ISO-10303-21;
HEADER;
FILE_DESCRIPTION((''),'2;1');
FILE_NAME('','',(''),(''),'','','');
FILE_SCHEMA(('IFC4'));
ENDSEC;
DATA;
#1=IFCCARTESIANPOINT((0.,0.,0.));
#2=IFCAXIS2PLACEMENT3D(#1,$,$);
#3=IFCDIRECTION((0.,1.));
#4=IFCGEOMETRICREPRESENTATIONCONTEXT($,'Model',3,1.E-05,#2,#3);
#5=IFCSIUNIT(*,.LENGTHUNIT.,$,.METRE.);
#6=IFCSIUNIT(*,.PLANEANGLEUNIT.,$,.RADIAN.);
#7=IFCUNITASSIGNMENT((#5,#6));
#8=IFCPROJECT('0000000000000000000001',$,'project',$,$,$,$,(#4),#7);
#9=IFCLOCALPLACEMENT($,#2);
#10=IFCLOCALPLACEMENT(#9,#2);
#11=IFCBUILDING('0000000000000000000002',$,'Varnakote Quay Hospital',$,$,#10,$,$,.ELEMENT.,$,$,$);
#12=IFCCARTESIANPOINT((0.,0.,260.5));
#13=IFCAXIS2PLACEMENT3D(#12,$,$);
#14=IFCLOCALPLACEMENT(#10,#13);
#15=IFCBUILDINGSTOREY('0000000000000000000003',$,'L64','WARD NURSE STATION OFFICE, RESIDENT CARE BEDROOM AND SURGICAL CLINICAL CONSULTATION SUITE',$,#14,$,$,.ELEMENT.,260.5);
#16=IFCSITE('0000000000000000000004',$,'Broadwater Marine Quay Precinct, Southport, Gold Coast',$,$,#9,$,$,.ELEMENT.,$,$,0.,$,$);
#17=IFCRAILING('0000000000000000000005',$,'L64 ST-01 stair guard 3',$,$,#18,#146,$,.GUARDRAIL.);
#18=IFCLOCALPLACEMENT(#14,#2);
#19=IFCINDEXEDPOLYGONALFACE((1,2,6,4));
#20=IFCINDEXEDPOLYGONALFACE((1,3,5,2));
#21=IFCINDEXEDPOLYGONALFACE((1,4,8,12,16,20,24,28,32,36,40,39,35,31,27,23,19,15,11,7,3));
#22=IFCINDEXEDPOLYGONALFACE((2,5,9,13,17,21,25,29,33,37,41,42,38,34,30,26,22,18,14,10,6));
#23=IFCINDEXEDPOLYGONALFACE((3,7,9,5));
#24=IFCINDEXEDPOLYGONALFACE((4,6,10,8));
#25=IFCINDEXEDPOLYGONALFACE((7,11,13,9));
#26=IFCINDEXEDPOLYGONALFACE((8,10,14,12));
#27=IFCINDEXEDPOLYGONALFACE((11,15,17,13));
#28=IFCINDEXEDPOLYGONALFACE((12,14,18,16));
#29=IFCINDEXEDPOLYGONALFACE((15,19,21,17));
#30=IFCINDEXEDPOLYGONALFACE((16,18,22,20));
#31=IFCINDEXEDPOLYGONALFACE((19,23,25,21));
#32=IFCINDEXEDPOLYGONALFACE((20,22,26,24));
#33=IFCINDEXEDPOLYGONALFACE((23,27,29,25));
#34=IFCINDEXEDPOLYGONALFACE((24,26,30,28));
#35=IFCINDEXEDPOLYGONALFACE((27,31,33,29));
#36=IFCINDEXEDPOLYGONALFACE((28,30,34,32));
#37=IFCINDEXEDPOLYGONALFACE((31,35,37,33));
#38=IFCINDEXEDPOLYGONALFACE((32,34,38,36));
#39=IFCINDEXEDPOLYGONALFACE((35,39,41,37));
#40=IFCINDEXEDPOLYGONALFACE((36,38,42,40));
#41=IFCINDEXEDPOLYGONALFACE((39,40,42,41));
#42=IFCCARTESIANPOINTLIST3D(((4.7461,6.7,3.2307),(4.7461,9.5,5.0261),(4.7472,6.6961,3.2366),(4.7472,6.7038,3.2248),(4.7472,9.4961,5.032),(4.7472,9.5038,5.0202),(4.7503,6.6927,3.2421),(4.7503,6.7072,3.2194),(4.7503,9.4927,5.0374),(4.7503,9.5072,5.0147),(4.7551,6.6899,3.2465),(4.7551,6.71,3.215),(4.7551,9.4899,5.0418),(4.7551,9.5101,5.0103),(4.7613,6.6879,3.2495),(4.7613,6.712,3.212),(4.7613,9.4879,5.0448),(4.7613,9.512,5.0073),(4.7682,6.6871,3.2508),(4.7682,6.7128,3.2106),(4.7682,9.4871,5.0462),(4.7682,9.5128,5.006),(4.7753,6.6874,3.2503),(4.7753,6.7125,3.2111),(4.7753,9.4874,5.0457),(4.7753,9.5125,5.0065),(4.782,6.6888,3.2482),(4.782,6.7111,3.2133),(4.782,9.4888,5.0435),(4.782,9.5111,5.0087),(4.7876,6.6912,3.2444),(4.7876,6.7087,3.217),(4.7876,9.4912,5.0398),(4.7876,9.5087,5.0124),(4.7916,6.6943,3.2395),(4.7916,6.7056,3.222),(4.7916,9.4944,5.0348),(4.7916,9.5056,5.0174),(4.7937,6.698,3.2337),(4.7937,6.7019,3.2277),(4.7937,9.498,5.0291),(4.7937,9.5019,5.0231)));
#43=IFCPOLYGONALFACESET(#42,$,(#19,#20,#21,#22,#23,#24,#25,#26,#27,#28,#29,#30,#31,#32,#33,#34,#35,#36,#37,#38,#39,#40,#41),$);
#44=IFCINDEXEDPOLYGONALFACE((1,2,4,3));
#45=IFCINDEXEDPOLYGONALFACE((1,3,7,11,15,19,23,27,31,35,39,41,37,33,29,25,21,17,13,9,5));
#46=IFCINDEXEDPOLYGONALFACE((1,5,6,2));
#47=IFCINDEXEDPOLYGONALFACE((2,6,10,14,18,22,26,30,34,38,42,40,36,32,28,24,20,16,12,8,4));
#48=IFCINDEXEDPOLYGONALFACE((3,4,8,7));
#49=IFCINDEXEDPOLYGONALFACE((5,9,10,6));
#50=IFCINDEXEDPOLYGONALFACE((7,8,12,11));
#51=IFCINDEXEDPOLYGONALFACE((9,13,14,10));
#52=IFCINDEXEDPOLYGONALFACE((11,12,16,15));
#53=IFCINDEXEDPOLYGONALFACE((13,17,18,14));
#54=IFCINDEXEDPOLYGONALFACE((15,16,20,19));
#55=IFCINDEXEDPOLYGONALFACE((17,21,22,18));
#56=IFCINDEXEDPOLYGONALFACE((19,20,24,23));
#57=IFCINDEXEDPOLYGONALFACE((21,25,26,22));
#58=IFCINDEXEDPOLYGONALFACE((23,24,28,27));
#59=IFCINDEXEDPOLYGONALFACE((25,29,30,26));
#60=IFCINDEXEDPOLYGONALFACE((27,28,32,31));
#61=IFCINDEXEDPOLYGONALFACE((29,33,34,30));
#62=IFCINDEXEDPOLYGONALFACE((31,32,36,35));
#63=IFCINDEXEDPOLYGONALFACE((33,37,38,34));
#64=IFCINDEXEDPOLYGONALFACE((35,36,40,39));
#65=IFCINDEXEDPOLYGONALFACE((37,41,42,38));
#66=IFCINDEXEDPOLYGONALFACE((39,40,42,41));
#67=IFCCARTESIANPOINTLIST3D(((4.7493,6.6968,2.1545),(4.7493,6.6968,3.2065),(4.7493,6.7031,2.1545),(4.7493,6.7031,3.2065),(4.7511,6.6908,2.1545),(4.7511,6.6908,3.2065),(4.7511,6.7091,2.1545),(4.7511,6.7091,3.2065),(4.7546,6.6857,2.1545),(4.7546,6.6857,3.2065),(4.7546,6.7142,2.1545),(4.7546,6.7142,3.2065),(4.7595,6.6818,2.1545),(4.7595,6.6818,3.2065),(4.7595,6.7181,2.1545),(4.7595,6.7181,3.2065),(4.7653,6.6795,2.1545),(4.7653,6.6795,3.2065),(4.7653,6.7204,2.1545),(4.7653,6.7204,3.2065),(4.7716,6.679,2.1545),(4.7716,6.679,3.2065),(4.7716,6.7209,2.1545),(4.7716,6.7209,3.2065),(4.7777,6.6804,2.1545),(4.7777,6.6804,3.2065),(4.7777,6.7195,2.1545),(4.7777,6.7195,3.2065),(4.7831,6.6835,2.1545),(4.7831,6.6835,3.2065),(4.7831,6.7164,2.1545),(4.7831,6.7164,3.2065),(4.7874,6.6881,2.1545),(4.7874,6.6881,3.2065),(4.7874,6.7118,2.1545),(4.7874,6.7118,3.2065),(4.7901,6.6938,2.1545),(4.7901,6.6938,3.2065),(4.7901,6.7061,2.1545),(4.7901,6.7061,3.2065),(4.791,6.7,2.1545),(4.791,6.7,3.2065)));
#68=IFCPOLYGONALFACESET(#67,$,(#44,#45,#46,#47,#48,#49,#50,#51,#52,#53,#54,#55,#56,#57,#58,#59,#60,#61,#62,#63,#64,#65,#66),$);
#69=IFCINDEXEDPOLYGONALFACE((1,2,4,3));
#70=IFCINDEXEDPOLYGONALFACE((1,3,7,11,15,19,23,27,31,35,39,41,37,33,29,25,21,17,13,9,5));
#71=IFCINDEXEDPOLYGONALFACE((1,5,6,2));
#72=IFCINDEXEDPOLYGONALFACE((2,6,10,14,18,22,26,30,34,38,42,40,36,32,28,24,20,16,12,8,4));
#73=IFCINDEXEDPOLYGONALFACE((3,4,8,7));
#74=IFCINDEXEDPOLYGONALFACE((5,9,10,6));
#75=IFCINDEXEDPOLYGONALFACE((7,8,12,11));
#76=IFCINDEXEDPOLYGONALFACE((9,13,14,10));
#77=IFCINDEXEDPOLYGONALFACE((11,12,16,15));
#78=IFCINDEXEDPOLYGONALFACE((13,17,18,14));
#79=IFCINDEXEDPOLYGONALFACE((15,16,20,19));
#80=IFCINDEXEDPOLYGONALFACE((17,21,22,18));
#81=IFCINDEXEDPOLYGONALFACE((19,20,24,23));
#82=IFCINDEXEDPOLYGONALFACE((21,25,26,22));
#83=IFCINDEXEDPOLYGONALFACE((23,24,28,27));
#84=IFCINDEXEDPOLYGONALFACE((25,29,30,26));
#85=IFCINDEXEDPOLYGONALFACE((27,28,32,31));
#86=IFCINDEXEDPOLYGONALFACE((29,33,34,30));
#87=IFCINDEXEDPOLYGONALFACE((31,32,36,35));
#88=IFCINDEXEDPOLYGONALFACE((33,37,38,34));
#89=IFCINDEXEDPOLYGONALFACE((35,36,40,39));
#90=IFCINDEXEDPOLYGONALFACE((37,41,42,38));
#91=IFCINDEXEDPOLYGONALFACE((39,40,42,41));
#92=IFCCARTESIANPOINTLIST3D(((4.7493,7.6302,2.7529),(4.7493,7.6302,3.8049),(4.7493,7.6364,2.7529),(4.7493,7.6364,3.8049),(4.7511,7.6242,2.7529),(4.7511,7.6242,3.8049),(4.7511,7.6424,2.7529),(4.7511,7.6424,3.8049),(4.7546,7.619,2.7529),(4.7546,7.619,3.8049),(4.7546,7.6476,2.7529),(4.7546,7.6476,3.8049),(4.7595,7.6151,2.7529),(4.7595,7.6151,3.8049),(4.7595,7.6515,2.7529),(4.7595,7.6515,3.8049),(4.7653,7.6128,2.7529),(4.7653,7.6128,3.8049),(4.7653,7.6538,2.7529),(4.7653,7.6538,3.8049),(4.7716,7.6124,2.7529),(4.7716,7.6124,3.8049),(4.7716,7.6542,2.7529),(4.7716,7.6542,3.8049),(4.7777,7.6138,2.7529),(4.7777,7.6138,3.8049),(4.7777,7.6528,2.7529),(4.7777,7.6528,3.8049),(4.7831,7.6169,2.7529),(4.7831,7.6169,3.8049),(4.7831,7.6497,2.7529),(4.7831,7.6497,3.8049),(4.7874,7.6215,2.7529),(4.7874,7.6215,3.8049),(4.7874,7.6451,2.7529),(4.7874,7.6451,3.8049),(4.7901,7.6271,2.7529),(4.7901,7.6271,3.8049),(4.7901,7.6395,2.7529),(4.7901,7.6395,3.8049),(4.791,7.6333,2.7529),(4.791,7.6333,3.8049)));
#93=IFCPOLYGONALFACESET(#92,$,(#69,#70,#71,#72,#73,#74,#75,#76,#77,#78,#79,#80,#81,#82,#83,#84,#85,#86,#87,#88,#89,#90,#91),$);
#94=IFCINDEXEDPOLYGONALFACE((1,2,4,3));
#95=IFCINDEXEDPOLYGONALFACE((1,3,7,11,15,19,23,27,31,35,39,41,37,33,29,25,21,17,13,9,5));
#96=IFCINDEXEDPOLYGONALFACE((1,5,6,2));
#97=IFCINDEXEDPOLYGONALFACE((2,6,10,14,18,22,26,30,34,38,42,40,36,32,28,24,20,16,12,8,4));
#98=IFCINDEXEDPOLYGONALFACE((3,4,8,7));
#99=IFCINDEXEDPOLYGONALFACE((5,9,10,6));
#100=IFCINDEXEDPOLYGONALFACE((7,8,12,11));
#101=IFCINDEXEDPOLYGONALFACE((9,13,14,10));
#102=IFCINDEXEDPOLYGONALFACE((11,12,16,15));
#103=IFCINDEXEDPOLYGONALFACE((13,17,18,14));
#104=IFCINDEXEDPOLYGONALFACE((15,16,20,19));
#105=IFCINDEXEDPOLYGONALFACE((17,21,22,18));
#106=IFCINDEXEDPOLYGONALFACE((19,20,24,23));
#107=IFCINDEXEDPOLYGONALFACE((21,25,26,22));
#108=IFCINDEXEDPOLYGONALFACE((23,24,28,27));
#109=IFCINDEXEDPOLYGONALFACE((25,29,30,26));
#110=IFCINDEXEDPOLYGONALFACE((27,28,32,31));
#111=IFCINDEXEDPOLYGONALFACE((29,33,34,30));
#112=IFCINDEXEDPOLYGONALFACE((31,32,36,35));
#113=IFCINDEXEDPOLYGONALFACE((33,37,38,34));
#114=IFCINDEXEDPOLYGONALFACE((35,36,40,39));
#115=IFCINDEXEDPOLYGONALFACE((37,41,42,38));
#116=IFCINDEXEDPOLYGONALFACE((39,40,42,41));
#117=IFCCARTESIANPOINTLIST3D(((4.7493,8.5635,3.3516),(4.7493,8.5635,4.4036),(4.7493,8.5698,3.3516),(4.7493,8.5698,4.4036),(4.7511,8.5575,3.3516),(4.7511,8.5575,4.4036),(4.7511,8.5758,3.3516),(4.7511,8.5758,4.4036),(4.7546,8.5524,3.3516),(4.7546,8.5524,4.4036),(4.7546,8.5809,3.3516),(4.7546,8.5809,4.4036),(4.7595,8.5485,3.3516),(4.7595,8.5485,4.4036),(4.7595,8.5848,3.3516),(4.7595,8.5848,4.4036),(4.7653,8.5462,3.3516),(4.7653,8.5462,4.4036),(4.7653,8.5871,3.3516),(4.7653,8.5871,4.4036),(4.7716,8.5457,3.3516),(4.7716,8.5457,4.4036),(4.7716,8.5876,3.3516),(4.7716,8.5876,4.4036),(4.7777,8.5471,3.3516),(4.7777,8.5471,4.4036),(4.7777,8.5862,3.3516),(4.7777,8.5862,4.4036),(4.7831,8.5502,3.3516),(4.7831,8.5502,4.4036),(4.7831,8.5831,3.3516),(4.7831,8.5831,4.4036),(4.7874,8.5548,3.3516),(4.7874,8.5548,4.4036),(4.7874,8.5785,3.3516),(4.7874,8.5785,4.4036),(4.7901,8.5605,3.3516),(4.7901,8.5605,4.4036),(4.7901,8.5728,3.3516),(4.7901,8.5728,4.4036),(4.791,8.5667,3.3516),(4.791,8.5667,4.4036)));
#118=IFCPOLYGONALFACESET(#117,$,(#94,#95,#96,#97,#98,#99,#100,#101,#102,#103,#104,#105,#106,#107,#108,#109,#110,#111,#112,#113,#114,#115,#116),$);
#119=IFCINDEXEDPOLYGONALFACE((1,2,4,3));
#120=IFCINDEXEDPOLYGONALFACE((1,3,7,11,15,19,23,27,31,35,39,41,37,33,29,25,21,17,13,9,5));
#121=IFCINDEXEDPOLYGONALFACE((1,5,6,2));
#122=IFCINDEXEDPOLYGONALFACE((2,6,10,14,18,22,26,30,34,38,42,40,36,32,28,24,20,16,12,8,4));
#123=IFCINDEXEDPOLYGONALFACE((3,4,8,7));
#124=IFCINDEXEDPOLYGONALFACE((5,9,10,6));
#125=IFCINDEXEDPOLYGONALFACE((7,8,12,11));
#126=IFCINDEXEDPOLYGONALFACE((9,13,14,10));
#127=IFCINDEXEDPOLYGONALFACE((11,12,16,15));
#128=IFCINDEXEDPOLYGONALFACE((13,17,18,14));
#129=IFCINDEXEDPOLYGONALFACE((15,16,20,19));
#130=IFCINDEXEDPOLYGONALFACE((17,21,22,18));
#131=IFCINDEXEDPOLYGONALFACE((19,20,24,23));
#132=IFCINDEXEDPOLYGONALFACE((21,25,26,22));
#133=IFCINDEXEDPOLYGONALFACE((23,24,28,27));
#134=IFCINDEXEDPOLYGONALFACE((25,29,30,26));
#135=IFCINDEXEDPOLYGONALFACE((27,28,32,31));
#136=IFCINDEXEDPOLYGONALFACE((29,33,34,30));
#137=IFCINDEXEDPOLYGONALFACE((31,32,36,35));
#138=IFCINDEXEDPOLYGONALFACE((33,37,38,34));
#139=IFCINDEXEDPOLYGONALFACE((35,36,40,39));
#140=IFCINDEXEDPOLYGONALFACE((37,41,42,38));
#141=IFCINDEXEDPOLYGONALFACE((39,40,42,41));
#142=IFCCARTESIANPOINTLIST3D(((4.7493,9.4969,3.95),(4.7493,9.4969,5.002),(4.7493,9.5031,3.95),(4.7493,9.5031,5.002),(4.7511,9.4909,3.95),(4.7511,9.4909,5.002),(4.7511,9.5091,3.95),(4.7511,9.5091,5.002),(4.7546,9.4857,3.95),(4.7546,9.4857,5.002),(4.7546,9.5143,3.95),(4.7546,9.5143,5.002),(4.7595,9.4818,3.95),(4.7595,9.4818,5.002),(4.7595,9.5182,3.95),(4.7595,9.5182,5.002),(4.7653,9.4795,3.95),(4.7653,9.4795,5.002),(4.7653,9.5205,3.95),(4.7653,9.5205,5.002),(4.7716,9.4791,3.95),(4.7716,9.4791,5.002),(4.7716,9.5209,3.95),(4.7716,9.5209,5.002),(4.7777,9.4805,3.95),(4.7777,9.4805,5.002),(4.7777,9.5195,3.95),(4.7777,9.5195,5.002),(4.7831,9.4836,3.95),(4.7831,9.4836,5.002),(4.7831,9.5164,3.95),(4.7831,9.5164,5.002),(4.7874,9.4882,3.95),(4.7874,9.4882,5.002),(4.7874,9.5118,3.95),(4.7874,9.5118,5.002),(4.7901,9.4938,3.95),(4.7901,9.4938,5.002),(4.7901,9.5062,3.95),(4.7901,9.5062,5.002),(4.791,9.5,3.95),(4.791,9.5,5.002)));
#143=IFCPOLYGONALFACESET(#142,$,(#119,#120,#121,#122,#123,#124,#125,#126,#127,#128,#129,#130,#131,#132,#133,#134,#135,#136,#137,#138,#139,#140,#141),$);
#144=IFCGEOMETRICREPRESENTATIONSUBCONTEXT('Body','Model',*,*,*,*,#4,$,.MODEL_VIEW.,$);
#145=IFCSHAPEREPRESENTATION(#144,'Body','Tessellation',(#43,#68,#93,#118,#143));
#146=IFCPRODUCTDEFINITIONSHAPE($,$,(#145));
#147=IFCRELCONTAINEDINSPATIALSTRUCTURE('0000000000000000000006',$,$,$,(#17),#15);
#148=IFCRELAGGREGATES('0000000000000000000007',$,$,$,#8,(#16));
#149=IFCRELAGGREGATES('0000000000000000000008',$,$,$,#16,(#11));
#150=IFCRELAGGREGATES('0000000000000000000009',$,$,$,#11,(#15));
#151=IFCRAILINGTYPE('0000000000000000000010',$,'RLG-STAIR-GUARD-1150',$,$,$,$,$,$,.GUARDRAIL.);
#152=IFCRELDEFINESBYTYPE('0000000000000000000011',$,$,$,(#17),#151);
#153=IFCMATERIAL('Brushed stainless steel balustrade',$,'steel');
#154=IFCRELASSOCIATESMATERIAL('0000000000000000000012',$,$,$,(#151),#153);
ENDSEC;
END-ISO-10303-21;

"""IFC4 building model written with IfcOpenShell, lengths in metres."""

from ifc_helpers import new_model, si_unit, direction, frame, origin, origin_2d, place, context, subcontext, project, spatial, circle, extrude, material, type_object, element, save


model = new_model("IFC4")

# Units and contexts
model_context = context("Model", 3, precision=1e-05, world=origin(), true_north=direction((0.0, 1.0)))
body_context = subcontext(model_context, "Body", "Model", "MODEL_VIEW")
ifc_project = project(units=[si_unit("LENGTHUNIT", "METRE"), si_unit("PLANEANGLEUNIT", "RADIAN")], contexts=[model_context])

# Site, building, storey
site_placement = place(None, origin())
site = spatial("IfcSite", under=ifc_project, at=site_placement, Name="Broadwater Marine Quay Precinct, Southport, Gold Coast", CompositionType="ELEMENT", RefElevation=0.0)
building_placement = place(site_placement, origin())
building = spatial("IfcBuilding", under=site, at=building_placement, Name="Varnakote Quay Hospital", CompositionType="ELEMENT")
storey_placement = place(building_placement, frame((0.0, 0.0, 260.5)))
storey = spatial("IfcBuildingStorey", under=building, at=storey_placement, Name="L64", Description="WARD NURSE STATION OFFICE, RESIDENT CARE BEDROOM AND SURGICAL CLINICAL CONSULTATION SUITE", CompositionType="ELEMENT", Elevation=260.5)

# Railing
ifc_material_1 = material(Name="Brushed stainless steel balustrade", Category="steel")
railing_type_1 = type_object("IfcRailingType", Name="RLG-STAIR-GUARD-1150", PredefinedType="GUARDRAIL", material=ifc_material_1)
railing_1_placement = place(storey_placement, frame((4.77, 6.7, 2.1545)))
element("IfcRailing", 1, at=railing_1_placement, inside=storey, type_object=railing_type_1, Name="L64 ST-01 stair guard 3", PredefinedType="GUARDRAIL", context=body_context, shape_type="SweptSolid", body=[
    extrude(circle(Radius=0.0239, at=origin_2d()), frame((0.0, 0.0, 1.0762), z_axis=(0.0, 0.84181, 0.539774), x_axis=(-1.0, 0.0, 0.0)), (0.0, 0.0, 1.0), 3.3262),
    extrude(circle(Radius=0.021, at=origin_2d()), origin(), (0.0, 0.0, 1.0), 1.052),
    extrude(circle(Radius=0.021, at=origin_2d()), frame((0.0, 0.9333, 0.5984)), (0.0, 0.0, 1.0), 1.052),
    extrude(circle(Radius=0.021, at=origin_2d()), frame((0.0, 1.8667, 1.197)), (0.0, 0.0, 1.0), 1.052),
    extrude(circle(Radius=0.021, at=origin_2d()), frame((0.0, 2.8, 1.7954)), (0.0, 0.0, 1.0), 1.052),
])

save(model, "model.ifc")
